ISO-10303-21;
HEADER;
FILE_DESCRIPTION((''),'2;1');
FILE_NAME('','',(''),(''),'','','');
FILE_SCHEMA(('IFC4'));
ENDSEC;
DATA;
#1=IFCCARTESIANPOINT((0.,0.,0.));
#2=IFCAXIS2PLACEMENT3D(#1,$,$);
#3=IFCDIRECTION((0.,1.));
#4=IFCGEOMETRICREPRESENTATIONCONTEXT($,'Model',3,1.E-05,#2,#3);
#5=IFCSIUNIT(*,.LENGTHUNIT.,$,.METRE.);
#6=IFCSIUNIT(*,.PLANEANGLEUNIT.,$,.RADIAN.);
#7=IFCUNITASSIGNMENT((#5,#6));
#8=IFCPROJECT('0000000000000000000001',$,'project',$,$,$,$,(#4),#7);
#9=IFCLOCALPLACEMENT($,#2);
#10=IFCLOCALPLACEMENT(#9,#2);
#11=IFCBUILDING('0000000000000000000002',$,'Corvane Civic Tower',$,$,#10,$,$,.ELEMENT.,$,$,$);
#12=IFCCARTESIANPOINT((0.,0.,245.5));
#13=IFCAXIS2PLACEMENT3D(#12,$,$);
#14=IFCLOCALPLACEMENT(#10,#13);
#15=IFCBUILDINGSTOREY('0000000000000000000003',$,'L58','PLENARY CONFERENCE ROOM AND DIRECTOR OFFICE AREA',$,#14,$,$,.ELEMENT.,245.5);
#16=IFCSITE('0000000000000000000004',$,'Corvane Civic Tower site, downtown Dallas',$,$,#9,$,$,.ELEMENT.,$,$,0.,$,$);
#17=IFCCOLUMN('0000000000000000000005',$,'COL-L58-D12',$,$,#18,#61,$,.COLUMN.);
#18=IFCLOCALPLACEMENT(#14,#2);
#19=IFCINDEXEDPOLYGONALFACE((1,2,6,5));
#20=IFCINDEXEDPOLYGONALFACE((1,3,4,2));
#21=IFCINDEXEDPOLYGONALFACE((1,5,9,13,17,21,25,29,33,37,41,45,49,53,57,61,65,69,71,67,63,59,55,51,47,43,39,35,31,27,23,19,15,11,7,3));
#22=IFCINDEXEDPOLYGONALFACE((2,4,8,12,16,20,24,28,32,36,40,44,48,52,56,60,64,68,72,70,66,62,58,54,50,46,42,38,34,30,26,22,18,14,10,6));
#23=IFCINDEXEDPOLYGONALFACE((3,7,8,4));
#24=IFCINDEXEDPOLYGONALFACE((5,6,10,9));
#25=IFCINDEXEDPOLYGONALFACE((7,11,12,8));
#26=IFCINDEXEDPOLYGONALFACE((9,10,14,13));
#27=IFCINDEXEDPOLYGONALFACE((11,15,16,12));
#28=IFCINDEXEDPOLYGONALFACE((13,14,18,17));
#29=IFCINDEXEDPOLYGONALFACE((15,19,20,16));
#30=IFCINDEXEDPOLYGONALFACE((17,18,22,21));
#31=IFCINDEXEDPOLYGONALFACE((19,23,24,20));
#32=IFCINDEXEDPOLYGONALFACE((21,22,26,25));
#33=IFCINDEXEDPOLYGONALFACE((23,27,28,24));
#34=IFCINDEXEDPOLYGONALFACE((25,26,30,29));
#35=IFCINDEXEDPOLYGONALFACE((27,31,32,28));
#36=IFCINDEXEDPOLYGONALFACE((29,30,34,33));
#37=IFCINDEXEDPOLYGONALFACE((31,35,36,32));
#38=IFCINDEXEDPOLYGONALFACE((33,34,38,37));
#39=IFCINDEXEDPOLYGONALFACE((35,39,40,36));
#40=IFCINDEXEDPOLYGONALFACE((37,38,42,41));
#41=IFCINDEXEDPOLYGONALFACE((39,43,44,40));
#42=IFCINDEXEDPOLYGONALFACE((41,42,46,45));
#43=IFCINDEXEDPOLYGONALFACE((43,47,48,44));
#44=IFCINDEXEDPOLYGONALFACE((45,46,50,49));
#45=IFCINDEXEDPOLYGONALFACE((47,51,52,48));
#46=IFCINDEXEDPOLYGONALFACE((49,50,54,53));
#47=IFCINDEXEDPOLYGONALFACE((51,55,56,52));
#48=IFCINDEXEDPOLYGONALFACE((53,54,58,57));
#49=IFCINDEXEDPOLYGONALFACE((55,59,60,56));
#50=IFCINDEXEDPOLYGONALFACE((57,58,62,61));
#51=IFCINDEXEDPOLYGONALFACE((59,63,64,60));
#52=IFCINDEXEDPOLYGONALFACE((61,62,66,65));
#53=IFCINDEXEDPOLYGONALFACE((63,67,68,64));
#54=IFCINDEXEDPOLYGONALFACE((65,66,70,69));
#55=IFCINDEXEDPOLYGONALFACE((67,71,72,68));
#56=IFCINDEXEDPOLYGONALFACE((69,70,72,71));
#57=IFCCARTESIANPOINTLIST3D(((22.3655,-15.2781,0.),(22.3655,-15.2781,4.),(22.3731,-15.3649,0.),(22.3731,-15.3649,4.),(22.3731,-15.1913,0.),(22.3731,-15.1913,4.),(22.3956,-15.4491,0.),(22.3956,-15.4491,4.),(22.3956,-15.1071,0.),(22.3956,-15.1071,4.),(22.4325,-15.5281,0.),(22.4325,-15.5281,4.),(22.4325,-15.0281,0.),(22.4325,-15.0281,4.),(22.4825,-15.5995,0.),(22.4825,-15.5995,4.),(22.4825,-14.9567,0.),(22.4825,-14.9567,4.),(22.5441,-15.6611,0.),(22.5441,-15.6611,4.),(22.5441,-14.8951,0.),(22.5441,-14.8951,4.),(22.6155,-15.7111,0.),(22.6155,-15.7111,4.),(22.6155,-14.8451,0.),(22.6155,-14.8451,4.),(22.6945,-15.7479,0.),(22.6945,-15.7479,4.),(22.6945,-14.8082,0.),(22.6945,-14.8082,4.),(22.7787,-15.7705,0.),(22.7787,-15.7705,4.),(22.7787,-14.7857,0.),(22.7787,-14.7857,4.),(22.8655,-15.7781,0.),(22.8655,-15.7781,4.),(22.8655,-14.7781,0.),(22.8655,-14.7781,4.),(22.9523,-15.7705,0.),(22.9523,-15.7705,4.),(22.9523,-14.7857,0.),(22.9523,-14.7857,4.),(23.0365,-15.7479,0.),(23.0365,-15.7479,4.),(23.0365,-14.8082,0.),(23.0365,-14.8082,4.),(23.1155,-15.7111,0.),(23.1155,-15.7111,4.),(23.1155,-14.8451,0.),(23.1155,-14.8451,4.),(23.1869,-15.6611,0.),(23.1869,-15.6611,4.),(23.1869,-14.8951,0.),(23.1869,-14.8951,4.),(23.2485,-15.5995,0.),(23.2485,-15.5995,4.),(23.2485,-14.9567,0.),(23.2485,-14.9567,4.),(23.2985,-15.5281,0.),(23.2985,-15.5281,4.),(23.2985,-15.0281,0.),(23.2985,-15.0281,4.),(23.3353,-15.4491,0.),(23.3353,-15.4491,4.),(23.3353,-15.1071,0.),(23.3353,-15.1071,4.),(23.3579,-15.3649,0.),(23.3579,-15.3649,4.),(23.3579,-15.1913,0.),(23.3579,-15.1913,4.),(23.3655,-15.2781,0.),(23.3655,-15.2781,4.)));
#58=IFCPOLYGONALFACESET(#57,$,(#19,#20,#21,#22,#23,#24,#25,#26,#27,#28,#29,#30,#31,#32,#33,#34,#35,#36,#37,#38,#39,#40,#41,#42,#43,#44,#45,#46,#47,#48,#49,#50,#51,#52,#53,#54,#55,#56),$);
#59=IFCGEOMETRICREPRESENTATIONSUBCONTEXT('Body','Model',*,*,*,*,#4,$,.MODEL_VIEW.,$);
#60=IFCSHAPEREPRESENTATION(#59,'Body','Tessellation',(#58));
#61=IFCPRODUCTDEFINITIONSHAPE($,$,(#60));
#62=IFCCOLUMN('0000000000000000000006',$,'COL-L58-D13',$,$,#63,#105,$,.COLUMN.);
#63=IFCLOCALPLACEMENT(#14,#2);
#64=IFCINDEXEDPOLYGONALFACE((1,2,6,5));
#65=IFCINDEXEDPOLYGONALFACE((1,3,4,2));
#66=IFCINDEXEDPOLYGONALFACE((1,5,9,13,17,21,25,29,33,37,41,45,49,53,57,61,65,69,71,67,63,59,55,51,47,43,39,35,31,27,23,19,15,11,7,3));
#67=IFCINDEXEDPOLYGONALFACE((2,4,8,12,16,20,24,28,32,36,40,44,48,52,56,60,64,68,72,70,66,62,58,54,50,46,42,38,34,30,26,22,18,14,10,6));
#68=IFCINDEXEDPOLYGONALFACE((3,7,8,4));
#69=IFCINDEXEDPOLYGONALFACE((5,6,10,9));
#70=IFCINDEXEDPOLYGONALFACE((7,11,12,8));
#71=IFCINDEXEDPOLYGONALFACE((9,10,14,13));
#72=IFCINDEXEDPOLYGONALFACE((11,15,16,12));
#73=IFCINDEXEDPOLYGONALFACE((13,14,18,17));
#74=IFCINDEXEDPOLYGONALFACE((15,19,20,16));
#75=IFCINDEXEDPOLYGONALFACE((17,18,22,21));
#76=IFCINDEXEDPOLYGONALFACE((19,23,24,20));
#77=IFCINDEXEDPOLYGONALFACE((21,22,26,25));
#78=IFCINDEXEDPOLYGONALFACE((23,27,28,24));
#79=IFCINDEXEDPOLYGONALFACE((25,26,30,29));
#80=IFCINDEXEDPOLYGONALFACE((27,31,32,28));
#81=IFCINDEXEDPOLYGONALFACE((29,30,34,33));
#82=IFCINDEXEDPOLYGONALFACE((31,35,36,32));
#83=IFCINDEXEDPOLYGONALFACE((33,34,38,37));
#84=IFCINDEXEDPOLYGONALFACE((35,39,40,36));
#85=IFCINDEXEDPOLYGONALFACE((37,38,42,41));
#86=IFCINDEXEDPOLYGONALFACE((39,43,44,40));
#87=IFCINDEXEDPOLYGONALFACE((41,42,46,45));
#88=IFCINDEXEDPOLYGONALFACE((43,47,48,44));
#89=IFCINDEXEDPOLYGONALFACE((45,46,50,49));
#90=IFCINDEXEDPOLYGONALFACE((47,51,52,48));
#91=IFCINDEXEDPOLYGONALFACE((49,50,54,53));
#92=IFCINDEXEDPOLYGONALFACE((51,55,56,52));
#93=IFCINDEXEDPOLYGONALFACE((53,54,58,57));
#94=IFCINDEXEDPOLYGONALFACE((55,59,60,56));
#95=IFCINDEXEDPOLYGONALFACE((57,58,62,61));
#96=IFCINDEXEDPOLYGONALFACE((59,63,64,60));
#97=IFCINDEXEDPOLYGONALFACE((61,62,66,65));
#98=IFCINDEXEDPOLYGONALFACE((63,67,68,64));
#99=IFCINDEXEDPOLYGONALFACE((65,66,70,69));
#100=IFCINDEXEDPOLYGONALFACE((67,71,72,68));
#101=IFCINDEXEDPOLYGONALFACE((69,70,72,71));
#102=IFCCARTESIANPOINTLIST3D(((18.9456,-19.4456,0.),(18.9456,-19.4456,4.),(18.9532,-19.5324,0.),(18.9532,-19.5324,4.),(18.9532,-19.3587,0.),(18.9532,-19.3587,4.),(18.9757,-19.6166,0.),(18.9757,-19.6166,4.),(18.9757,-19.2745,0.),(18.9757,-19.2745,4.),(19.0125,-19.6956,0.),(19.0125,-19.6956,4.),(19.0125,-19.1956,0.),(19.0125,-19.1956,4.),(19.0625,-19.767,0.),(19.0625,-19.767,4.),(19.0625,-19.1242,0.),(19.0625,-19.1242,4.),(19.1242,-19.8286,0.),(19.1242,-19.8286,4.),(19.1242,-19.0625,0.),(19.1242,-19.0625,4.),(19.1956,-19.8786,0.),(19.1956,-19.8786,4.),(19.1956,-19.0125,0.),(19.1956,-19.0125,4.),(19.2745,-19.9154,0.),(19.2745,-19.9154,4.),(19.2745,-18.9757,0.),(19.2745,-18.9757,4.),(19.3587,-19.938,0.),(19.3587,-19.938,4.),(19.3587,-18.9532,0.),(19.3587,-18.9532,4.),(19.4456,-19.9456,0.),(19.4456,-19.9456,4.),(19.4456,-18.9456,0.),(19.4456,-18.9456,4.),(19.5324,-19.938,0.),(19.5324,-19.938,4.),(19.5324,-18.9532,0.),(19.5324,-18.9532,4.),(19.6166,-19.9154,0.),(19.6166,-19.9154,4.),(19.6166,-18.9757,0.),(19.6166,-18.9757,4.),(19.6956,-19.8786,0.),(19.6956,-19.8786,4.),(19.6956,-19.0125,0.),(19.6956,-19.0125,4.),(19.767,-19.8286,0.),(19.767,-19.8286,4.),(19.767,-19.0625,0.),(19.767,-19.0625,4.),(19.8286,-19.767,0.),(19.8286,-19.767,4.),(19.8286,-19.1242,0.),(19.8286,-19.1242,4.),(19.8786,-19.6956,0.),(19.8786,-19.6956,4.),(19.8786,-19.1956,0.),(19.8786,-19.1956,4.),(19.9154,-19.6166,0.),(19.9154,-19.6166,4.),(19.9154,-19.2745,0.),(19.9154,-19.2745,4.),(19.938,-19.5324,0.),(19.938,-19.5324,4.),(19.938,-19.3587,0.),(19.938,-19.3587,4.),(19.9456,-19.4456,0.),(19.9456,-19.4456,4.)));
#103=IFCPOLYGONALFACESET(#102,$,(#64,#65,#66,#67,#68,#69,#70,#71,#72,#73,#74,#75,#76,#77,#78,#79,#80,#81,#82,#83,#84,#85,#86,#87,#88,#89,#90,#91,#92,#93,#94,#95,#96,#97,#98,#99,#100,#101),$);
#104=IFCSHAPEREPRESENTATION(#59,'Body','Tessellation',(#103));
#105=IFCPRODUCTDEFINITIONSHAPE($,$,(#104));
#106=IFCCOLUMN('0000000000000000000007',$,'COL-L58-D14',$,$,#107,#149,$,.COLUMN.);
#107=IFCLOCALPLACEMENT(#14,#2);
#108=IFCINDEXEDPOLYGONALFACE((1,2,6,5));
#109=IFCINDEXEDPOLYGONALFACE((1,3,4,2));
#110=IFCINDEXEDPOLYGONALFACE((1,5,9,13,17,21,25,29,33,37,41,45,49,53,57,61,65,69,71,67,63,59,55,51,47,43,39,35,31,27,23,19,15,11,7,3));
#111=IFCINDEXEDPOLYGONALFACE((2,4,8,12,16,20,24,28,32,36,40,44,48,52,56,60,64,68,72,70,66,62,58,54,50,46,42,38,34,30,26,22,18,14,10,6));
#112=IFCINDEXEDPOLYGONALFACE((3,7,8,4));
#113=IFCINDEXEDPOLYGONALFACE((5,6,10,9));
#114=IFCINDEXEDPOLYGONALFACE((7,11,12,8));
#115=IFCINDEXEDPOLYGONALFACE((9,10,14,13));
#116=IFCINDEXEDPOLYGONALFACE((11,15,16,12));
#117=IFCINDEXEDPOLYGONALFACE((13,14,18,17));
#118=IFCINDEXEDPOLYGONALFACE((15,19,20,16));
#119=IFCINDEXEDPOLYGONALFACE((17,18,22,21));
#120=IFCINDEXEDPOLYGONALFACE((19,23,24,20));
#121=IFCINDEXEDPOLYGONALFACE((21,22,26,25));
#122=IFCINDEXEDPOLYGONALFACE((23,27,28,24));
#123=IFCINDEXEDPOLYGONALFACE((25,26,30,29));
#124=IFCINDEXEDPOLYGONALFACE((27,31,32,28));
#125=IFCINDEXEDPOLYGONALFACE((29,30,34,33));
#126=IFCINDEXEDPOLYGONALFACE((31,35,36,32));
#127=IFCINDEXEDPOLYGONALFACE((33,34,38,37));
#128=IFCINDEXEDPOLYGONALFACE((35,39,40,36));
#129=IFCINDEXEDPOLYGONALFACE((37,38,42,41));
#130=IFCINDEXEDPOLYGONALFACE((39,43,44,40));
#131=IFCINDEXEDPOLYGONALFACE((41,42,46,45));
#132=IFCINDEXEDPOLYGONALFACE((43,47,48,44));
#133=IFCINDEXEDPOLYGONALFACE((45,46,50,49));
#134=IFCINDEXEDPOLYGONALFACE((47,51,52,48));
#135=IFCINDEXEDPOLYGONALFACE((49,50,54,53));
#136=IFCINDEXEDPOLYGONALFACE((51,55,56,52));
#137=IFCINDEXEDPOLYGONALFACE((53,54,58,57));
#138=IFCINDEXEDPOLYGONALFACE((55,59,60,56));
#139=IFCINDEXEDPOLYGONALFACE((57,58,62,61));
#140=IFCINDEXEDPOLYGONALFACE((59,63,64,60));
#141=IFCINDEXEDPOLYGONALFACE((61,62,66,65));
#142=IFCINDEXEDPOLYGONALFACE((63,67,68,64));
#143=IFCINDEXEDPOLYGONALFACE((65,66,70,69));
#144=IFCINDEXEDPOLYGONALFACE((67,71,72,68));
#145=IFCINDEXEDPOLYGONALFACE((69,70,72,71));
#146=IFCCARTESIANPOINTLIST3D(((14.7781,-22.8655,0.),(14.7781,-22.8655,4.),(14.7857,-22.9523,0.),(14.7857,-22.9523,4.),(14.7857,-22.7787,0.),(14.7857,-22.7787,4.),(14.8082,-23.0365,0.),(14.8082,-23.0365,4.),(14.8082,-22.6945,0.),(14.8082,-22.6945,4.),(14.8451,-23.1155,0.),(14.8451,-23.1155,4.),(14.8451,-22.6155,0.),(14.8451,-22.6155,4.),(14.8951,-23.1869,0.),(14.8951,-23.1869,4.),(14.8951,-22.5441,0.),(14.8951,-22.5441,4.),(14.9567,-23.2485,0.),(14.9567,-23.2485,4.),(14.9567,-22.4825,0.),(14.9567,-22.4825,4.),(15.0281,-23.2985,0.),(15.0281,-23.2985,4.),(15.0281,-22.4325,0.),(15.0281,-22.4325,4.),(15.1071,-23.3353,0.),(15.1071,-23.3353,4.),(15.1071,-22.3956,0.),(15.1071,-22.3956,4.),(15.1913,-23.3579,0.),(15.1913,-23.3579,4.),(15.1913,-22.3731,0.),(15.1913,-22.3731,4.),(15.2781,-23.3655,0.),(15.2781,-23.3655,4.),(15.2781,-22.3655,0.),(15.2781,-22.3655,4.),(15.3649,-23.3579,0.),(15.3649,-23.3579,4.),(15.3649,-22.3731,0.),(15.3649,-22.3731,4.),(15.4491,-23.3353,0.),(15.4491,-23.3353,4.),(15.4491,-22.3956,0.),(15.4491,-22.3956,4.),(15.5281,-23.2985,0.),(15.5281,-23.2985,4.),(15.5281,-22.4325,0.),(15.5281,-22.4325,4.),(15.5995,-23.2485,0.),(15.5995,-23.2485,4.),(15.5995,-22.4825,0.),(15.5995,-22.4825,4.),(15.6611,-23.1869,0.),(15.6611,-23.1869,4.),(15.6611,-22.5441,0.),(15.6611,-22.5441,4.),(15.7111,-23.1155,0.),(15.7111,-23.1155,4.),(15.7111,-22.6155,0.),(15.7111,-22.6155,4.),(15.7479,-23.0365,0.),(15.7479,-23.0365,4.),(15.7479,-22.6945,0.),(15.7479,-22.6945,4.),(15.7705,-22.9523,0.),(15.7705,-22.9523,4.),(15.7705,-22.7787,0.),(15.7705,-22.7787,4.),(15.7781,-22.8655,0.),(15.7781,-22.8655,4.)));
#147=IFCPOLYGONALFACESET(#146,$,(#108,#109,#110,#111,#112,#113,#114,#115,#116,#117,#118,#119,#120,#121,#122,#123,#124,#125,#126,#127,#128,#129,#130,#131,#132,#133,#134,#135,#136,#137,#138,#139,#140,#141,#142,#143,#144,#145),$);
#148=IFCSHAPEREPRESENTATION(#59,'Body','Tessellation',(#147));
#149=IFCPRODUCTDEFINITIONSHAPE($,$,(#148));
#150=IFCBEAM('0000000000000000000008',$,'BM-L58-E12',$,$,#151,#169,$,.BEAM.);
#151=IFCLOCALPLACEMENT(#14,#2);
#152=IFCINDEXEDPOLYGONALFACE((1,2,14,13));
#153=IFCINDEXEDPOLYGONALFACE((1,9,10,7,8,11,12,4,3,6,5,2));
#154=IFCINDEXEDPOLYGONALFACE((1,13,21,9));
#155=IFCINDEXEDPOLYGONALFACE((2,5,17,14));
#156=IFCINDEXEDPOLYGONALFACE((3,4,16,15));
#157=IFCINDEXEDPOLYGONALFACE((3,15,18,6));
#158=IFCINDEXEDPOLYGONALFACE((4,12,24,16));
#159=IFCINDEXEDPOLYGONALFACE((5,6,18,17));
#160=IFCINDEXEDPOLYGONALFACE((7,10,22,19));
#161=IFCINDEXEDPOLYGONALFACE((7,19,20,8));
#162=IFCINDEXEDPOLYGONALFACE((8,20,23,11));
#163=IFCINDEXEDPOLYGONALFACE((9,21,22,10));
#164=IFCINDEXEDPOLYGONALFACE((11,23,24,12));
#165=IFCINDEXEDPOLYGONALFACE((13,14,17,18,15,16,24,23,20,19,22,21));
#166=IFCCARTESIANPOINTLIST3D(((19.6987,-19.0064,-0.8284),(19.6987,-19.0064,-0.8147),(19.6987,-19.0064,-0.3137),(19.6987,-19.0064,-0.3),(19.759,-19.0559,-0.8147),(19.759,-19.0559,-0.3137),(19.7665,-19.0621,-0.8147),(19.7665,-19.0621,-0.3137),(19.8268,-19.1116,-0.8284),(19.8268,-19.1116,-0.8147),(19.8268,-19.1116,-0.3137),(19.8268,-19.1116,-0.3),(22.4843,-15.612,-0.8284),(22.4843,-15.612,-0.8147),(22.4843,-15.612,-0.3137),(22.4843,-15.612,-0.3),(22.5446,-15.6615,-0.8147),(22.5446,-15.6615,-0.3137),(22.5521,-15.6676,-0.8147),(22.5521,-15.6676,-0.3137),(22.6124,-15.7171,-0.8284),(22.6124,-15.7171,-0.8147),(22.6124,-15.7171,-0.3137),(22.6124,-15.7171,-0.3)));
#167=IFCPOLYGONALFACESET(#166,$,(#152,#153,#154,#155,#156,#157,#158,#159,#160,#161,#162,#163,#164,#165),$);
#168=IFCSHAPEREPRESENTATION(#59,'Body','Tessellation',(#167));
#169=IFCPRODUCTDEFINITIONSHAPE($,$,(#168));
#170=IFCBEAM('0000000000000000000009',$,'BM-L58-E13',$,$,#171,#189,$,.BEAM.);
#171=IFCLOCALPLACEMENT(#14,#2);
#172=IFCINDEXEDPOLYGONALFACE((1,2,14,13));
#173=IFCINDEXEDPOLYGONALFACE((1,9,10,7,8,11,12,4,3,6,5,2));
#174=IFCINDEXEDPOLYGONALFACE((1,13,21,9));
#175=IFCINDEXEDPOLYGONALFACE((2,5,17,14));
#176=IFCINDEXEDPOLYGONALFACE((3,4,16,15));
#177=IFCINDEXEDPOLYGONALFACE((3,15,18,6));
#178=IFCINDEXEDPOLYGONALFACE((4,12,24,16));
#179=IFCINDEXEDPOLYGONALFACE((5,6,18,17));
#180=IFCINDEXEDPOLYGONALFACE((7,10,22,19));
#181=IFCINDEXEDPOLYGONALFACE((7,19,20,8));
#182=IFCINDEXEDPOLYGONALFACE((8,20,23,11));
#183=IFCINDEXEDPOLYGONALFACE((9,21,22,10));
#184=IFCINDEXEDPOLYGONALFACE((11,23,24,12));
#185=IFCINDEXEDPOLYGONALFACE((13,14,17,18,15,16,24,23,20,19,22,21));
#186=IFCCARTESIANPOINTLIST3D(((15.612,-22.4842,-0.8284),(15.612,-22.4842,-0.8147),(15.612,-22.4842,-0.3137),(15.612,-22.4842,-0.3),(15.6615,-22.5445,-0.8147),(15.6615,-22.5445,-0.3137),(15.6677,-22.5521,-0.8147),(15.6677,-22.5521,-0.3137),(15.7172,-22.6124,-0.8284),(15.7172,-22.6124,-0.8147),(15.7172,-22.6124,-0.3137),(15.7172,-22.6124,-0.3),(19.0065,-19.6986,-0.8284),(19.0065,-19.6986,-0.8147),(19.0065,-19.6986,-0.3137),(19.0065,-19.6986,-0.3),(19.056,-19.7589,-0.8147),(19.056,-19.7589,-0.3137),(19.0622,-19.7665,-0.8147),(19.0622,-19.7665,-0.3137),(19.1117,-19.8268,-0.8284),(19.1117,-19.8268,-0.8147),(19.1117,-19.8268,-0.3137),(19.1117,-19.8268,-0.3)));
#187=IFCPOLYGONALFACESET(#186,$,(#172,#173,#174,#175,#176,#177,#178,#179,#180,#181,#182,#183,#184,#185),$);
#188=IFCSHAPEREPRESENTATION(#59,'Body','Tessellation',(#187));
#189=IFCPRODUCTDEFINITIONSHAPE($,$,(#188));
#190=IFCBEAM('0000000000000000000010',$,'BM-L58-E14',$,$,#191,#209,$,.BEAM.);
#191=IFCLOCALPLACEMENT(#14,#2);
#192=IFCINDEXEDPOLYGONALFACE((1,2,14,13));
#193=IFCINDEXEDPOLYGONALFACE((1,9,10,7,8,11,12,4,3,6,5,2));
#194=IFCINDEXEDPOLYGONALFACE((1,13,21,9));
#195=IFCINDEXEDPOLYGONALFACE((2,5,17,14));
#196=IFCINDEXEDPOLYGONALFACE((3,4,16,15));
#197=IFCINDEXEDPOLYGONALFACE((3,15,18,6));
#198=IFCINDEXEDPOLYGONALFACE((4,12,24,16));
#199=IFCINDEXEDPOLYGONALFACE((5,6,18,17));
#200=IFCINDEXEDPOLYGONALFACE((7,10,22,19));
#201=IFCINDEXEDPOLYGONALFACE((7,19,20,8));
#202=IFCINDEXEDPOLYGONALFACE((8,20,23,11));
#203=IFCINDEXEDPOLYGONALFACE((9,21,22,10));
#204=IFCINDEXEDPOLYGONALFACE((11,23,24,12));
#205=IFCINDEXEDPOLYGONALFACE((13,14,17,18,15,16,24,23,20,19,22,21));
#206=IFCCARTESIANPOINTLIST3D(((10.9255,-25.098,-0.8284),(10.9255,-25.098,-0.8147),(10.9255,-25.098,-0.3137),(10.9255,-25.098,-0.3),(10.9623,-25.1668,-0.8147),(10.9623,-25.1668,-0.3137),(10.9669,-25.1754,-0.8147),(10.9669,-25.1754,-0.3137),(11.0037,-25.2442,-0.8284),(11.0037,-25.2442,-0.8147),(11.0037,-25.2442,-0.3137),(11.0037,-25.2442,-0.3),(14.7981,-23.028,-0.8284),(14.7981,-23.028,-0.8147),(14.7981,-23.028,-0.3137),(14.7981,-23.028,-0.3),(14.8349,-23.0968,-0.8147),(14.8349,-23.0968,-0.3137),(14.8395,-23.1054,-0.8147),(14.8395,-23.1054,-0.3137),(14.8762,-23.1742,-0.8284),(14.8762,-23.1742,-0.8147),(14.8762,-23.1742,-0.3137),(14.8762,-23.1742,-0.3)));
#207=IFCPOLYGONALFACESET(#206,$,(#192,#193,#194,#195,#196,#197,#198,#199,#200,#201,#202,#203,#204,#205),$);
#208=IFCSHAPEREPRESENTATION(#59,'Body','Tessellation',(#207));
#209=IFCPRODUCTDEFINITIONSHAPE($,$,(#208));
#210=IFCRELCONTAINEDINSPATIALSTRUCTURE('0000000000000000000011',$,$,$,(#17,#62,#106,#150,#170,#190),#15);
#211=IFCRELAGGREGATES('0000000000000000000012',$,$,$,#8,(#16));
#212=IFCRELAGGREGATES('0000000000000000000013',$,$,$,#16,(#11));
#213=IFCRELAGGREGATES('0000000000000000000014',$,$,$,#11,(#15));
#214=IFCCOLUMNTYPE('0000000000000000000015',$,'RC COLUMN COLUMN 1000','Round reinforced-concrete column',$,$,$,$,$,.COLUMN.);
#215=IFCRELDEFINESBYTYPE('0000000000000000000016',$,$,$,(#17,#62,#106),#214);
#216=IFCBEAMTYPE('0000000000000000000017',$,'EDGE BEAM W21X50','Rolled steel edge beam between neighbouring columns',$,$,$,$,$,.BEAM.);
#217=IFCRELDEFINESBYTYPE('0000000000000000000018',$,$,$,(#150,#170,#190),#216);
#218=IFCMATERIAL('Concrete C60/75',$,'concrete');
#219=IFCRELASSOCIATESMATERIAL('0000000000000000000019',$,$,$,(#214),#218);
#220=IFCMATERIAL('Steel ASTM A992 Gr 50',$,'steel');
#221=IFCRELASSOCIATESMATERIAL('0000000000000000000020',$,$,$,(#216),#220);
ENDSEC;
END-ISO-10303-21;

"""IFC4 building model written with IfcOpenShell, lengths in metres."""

from ifc_helpers import new_model, si_unit, direction, frame, origin, origin_2d, place, context, subcontext, project, spatial, circle, i_section, extrude, material, material_profile, profile_set, type_object, element, save


model = new_model("IFC4")

# Units and contexts
model_context = context("Model", 3, precision=1e-05, world=origin(), true_north=direction((0.0, 1.0)))
body_context = subcontext(model_context, "Body", "Model", "MODEL_VIEW")
ifc_project = project(units=[si_unit("LENGTHUNIT", "METRE"), si_unit("PLANEANGLEUNIT", "RADIAN")], contexts=[model_context])

# Site, building, storey
site_placement = place(None, origin())
site = spatial("IfcSite", under=ifc_project, at=site_placement, Name="Corvane Civic Tower site, downtown Dallas", CompositionType="ELEMENT", RefElevation=0.0)
building_placement = place(site_placement, origin())
building = spatial("IfcBuilding", under=site, at=building_placement, Name="Corvane Civic Tower", CompositionType="ELEMENT")
storey_placement = place(building_placement, frame((0.0, 0.0, 245.5)))
storey = spatial("IfcBuildingStorey", under=building, at=storey_placement, Name="L58", Description="PLENARY CONFERENCE ROOM AND DIRECTOR OFFICE AREA", CompositionType="ELEMENT", Elevation=245.5)

# Columns
ifc_material_1 = material(Name="Concrete C60/75", Category="concrete")
ifc_material_profile_1 = material_profile(ifc_material_1, circle(Radius=0.5, at=origin_2d()), Name="COLUMN 1000")
ifc_profile_set_1 = profile_set([ifc_material_profile_1], Name="Concrete C60/75")
column_type = type_object("IfcColumnType", Name="RC COLUMN COLUMN 1000", Description="Round reinforced-concrete column", PredefinedType="COLUMN", material=ifc_profile_set_1)
for number, where, z_axis, x_axis, name in (
    (1, (22.8655, -15.2781, 0.0), (0.0, 0.0, 1.0), (1.0, 0.0, 0.0), "COL-L58-D12"),
    (2, (19.4456, -19.4456, 0.0), (0.0, 0.0, 1.0), (1.0, 0.0, 0.0), "COL-L58-D13"),
    (3, (15.2781, -22.8655, 0.0), (0.0, 0.0, 1.0), (1.0, 0.0, 0.0), "COL-L58-D14"),
):
    element("IfcColumn", number, at=place(storey_placement, frame(where, z_axis=z_axis, x_axis=x_axis)), inside=storey, type_object=column_type, Name=name, PredefinedType="COLUMN", context=body_context, shape_type="SweptSolid", body=[
        extrude(circle(Radius=0.5, at=origin_2d()), origin(), (0.0, 0.0, 1.0), 4.0),
    ])

# Beams
ifc_material_2 = material(Name="Steel ASTM A992 Gr 50", Category="steel")
ifc_material_profile_2 = material_profile(ifc_material_2, i_section(OverallWidth=0.1658, OverallDepth=0.5283, WebThickness=0.0098, FlangeThickness=0.0137, at=origin_2d()), Name="W21X50")
ifc_profile_set_2 = profile_set([ifc_material_profile_2], Name="Steel ASTM A992 Gr 50")
beam_type_1 = type_object("IfcBeamType", Name="EDGE BEAM W21X50", Description="Rolled steel edge beam between neighbouring columns", PredefinedType="BEAM", material=ifc_profile_set_2)
for number, where, z_axis, x_axis, name in (
    (4, (22.5483, -15.6646, -0.5642), (-0.634369, -0.77303, 0.0), (0.77303, -0.634369, 0.0), "BM-L58-E12"),
    (5, (19.0591, -19.7627, -0.5642), (-0.77303, -0.634369, 0.0), (0.634369, -0.77303, 0.0), "BM-L58-E13"),
    (6, (14.8372, -23.1011, -0.5642), (-0.881908, -0.471422, 0.0), (0.471422, -0.881908, 0.0), "BM-L58-E14"),
):
    element("IfcBeam", number, at=place(storey_placement, frame(where, z_axis=z_axis, x_axis=x_axis)), inside=storey, type_object=beam_type_1, Name=name, PredefinedType="BEAM", context=body_context, shape_type="SweptSolid", body=[
        extrude(i_section(OverallWidth=0.1658, OverallDepth=0.5283, WebThickness=0.0098, FlangeThickness=0.0137, at=origin_2d()), origin(), (0.0, 0.0, 1.0), 4.3911),
    ])

save(model, "model.ifc")
